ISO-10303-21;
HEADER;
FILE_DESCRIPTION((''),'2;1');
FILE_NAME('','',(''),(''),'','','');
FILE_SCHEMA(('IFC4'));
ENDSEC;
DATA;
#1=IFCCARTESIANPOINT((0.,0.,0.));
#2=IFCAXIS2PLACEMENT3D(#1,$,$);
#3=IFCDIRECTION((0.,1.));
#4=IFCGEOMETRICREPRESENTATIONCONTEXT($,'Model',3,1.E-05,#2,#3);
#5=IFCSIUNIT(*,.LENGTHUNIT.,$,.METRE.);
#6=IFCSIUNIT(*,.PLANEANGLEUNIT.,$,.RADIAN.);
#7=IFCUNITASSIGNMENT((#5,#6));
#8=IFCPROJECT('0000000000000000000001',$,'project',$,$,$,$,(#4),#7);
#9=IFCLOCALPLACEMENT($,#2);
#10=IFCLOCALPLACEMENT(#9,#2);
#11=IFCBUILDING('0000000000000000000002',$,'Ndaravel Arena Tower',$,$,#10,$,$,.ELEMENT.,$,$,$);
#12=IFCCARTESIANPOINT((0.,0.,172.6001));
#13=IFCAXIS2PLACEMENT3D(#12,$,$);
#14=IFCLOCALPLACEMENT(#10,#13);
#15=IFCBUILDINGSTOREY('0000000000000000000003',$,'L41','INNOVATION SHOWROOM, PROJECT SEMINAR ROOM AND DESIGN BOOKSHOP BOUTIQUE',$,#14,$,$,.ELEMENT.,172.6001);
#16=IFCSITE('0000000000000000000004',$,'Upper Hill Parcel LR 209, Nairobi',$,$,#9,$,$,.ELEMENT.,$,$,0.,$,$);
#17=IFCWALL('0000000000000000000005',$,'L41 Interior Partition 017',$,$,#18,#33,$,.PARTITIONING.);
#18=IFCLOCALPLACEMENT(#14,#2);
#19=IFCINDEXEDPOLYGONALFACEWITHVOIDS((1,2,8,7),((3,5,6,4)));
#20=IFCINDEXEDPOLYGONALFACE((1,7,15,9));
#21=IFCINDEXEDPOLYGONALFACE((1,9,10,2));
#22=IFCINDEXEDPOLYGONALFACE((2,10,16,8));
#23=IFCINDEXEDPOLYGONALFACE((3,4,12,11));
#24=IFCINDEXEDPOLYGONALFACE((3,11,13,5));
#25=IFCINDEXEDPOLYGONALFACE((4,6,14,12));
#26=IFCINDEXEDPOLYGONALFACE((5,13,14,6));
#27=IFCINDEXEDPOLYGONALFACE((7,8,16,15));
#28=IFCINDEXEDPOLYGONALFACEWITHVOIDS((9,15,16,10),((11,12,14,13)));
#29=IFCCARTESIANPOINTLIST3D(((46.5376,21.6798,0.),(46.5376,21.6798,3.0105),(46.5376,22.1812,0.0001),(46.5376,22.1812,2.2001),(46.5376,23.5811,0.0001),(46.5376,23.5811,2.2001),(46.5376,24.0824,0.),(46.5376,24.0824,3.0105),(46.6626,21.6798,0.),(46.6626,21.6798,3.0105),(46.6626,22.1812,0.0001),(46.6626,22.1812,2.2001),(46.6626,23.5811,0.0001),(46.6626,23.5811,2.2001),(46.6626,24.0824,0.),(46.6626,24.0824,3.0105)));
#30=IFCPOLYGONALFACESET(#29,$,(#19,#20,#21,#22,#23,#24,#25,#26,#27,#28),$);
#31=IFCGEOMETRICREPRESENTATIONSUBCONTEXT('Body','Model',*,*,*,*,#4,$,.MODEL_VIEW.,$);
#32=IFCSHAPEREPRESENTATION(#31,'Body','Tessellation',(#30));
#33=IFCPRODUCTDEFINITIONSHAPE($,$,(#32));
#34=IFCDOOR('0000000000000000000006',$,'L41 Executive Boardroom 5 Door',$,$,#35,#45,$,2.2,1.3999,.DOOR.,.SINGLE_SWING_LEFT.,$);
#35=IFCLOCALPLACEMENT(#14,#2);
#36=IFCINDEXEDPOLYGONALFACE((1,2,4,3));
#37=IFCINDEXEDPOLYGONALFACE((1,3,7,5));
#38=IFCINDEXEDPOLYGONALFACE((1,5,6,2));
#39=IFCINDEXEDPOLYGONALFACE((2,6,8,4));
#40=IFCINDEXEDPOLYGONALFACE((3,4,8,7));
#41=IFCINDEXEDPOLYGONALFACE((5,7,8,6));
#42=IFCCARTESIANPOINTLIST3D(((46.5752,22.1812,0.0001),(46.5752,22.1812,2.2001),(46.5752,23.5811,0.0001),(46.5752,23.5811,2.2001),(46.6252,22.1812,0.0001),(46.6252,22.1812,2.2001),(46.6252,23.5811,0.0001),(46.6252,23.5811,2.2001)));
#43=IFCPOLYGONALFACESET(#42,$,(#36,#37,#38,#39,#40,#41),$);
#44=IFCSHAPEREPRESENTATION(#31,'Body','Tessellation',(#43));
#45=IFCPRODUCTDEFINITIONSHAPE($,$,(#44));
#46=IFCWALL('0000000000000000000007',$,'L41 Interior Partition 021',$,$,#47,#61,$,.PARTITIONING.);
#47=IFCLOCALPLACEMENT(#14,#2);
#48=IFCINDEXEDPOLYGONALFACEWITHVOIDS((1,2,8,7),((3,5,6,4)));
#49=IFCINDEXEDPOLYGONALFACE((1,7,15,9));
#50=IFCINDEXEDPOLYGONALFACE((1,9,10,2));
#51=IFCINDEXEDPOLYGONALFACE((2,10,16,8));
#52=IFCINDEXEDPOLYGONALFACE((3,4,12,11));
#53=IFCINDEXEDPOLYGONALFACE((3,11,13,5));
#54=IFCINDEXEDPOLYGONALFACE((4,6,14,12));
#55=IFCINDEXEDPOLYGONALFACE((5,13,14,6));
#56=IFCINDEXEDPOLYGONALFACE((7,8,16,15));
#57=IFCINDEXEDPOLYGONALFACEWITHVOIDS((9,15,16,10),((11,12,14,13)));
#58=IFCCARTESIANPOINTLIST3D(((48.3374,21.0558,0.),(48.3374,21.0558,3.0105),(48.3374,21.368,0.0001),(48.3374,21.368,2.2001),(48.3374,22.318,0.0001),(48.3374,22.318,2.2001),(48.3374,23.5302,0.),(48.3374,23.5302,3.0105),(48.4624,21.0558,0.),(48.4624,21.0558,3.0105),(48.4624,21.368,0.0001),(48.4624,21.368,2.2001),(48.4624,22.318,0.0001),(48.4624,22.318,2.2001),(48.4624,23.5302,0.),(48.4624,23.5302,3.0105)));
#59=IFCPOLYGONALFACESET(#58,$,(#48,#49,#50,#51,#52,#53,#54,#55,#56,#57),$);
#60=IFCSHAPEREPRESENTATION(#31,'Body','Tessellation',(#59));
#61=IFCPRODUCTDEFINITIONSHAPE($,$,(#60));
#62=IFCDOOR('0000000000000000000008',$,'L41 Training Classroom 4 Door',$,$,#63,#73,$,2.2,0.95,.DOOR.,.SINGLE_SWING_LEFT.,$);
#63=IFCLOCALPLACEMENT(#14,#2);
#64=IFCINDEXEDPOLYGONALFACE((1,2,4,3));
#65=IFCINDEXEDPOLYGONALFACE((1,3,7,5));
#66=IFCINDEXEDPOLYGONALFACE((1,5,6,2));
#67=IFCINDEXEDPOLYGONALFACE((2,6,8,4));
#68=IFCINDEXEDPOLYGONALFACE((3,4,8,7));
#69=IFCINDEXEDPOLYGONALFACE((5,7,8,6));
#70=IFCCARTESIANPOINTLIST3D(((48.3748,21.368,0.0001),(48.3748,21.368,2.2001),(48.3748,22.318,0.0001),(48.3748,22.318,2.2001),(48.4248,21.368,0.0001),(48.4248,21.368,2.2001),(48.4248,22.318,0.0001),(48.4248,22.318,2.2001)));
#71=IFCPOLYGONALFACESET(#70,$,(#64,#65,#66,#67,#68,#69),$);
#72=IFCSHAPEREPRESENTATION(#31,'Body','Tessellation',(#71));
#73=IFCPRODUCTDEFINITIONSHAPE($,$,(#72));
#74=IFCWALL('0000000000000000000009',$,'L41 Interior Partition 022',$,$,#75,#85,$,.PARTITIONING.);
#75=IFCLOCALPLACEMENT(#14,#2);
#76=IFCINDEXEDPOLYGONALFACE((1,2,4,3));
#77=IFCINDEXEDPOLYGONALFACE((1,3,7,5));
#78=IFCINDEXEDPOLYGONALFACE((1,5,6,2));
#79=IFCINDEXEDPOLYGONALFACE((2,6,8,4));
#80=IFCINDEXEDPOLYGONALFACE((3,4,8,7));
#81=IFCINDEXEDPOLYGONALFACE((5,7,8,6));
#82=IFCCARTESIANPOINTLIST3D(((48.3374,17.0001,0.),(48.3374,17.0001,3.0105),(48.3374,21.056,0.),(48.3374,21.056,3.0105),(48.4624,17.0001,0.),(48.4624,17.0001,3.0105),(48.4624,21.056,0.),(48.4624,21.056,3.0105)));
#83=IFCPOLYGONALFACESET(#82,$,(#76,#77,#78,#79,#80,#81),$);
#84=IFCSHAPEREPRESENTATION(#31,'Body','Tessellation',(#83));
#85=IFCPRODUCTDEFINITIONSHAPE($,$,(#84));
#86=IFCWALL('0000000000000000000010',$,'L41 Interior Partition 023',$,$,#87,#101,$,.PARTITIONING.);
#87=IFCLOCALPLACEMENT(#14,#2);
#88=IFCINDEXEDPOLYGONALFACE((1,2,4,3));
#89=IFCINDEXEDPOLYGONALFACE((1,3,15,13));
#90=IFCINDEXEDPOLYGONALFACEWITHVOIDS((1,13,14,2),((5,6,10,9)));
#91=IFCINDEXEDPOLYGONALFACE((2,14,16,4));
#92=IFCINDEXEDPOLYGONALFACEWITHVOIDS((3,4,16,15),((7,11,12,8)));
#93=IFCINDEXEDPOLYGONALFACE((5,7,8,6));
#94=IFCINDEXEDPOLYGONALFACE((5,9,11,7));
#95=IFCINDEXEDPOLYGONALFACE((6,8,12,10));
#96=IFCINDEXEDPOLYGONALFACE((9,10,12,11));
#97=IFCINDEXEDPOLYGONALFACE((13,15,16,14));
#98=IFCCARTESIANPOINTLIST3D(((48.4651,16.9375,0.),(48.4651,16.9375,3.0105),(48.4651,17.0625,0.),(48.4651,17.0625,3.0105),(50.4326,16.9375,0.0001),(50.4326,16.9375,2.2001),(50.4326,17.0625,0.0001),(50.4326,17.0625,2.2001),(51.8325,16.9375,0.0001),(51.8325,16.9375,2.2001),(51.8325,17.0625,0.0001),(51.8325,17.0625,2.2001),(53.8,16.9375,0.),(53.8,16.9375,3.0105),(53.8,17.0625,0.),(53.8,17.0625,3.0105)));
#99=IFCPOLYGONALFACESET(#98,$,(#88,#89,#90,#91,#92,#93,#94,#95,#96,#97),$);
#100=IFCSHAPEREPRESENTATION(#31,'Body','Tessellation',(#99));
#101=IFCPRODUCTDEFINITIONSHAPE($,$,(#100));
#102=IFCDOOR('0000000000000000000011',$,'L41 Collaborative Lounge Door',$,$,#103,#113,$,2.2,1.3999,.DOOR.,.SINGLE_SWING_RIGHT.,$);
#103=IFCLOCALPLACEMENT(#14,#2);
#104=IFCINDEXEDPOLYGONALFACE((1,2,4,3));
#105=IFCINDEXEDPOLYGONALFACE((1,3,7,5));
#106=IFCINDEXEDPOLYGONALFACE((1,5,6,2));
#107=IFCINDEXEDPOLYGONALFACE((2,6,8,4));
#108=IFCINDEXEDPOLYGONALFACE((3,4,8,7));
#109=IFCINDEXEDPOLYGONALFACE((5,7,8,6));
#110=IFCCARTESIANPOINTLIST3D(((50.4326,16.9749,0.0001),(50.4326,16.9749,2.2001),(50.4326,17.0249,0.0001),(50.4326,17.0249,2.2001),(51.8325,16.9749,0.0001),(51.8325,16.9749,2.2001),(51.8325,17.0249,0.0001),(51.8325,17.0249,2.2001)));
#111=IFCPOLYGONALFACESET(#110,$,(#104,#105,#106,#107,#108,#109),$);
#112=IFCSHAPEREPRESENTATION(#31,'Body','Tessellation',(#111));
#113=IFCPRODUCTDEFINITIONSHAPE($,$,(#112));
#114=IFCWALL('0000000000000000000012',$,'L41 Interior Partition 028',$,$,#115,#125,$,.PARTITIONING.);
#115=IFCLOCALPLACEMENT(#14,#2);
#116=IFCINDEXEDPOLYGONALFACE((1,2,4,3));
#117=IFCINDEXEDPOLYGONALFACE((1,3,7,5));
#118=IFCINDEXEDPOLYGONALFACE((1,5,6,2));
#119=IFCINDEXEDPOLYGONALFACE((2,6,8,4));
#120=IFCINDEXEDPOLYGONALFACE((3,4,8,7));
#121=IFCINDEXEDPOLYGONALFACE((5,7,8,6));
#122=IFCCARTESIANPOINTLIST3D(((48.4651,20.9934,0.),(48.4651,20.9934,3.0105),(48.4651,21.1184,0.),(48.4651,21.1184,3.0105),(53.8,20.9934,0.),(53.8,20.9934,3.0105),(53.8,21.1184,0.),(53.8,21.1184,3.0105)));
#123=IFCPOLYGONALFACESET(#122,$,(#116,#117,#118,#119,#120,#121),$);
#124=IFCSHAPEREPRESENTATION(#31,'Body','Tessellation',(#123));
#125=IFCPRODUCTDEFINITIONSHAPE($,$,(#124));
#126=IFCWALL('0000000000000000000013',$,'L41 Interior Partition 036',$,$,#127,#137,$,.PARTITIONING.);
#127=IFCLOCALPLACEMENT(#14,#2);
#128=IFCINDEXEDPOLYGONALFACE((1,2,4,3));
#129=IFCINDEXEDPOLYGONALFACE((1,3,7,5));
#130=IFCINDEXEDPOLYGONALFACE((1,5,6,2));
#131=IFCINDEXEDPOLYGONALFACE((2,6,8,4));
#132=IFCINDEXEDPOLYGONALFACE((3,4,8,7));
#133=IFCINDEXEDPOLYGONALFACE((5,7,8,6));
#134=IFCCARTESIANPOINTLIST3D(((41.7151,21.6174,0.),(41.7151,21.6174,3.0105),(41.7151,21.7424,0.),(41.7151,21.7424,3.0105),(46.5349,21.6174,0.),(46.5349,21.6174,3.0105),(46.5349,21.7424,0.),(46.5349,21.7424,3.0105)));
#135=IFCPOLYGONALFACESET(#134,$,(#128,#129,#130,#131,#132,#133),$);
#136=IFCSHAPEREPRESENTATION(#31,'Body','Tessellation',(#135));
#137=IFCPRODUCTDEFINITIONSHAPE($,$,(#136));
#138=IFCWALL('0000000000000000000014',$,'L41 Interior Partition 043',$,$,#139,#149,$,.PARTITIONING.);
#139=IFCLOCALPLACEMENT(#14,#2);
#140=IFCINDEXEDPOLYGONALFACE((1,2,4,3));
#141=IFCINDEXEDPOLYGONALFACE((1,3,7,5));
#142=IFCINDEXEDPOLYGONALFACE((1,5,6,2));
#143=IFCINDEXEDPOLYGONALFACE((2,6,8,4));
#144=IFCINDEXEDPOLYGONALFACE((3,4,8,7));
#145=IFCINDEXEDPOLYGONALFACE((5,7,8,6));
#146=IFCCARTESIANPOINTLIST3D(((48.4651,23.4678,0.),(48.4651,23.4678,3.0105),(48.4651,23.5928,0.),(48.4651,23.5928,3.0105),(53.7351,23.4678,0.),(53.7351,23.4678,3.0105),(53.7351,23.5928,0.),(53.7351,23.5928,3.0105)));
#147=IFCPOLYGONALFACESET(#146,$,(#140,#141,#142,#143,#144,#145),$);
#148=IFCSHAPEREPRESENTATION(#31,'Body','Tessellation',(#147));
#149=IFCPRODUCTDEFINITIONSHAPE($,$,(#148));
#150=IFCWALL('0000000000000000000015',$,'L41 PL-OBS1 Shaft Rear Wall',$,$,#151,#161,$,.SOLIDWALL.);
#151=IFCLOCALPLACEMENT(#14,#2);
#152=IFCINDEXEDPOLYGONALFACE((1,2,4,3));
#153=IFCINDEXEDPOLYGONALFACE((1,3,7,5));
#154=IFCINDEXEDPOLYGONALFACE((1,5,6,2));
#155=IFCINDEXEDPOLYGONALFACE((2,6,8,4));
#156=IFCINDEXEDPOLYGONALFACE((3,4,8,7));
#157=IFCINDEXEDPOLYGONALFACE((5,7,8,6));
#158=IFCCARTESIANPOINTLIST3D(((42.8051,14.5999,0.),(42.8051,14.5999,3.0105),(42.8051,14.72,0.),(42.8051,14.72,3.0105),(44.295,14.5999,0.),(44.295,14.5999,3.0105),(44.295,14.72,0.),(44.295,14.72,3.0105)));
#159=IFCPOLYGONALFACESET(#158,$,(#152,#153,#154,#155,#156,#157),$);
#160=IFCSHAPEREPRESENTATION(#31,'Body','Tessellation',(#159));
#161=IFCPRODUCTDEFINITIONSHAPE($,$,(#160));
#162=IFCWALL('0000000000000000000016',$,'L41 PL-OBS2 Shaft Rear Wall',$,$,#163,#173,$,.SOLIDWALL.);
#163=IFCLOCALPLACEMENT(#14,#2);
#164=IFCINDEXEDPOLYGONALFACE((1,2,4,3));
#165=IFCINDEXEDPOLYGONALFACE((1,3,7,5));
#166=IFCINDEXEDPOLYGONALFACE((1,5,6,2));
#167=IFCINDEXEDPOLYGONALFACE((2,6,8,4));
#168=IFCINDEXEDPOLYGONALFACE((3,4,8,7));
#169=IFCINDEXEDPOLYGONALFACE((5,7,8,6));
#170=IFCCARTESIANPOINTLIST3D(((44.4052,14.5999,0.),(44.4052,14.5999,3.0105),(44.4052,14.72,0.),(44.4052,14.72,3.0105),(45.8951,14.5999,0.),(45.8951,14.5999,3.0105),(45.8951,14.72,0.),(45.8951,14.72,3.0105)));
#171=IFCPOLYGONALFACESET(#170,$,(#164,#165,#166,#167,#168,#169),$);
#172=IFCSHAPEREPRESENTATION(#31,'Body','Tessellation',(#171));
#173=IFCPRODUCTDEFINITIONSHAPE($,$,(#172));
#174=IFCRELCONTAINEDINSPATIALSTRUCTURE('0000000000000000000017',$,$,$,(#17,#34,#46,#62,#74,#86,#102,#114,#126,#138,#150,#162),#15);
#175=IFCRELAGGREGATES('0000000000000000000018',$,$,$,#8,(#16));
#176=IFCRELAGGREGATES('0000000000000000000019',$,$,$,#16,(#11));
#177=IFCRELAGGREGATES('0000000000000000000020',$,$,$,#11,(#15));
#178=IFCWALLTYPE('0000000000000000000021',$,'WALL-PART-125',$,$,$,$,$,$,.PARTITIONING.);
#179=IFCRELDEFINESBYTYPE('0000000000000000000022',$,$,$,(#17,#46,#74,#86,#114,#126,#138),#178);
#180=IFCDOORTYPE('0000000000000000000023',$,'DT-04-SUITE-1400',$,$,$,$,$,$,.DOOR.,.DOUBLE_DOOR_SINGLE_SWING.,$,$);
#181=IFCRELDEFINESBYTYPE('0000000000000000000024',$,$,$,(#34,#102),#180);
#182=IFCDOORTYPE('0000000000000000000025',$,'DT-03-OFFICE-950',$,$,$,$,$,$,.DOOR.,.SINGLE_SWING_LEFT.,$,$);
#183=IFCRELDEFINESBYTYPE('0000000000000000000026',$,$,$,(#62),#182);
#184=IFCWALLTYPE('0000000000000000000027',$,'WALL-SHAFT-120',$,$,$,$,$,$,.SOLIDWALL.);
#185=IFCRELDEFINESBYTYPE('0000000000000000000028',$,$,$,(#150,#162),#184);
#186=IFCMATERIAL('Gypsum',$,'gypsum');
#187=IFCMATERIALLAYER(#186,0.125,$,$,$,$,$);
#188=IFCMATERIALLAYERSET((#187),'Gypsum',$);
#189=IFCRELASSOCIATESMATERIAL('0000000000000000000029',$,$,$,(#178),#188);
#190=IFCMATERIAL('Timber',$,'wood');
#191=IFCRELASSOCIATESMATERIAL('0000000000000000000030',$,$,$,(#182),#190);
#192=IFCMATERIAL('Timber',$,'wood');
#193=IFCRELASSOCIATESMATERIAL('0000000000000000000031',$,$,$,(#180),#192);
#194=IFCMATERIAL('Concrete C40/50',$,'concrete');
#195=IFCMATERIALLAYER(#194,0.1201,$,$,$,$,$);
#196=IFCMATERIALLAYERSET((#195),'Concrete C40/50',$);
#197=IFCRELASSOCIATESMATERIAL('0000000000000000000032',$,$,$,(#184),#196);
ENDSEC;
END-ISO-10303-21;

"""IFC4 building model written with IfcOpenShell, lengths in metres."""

from ifc_helpers import new_model, si_unit, direction, frame, frame_2d, origin, place, context, subcontext, project, spatial, rectangle, extrude, material, layer, layer_set, type_object, element, fill, save


model = new_model("IFC4")

# Units and contexts
model_context = context("Model", 3, precision=1e-05, world=origin(), true_north=direction((0.0, 1.0)))
body_context = subcontext(model_context, "Body", "Model", "MODEL_VIEW")
ifc_project = project(units=[si_unit("LENGTHUNIT", "METRE"), si_unit("PLANEANGLEUNIT", "RADIAN")], contexts=[model_context])

# Site, building, storey
site_placement = place(None, origin())
site = spatial("IfcSite", under=ifc_project, at=site_placement, Name="Upper Hill Parcel LR 209, Nairobi", CompositionType="ELEMENT", RefElevation=0.0)
building_placement = place(site_placement, origin())
building = spatial("IfcBuilding", under=site, at=building_placement, Name="Ndaravel Arena Tower", CompositionType="ELEMENT")
storey_placement = place(building_placement, frame((0.0, 0.0, 172.6001)))
storey = spatial("IfcBuildingStorey", under=building, at=storey_placement, Name="L41", Description="INNOVATION SHOWROOM, PROJECT SEMINAR ROOM AND DESIGN BOOKSHOP BOUTIQUE", CompositionType="ELEMENT", Elevation=172.6001)

# Shared definitions
ifc_material_1 = material(Name="Gypsum", Category="gypsum")
ifc_layer_1 = layer(ifc_material_1, 0.125)
ifc_layer_set_1 = layer_set([ifc_layer_1], Name="Gypsum")
wall_type_1 = type_object("IfcWallType", Name="WALL-PART-125", PredefinedType="PARTITIONING", material=ifc_layer_set_1)
ifc_material_2 = material(Name="Timber", Category="wood")
door_type_1 = type_object("IfcDoorType", Name="DT-03-OFFICE-950", OperationType="SINGLE_SWING_LEFT", PredefinedType="DOOR", material=ifc_material_2)

# Walls, openings, doors
wall_1_placement = place(storey_placement, frame((46.6001, 21.6799, 0.0), z_axis=(0.0, 0.0, 1.0), x_axis=(0.0, 1.0, 0.0)))
wall_1 = element("IfcWall", 1, at=wall_1_placement, inside=storey, type_object=wall_type_1, Name="L41 Interior Partition 017", PredefinedType="PARTITIONING", context=body_context, shape_type="SweptSolid", body=[
    extrude(rectangle(XDim=2.4026, YDim=0.125, at=frame_2d((1.2012, 0.0))), origin(), (0.0, 0.0, 1.0), 3.0105),
])
opening_1_placement = place(wall_1_placement, frame((0.5012, 0.0, 0.0)))
opening_1 = element("IfcOpeningElement", 2, at=opening_1_placement, cuts=wall_1, PredefinedType="OPENING", context=body_context, shape_type="SweptSolid", body=[
    extrude(rectangle(XDim=1.3999, YDim=2.2, at=frame_2d((0.7, 1.1001))), frame((0.0, 0.0625, 0.0), z_axis=(0.0, -1.0, 0.0), x_axis=(1.0, 0.0, 0.0)), (0.0, 0.0, 1.0), 0.125),
])
ifc_material_3 = material(Name="Timber", Category="wood")
door_type_2 = type_object("IfcDoorType", Name="DT-04-SUITE-1400", OperationType="DOUBLE_DOOR_SINGLE_SWING", PredefinedType="DOOR", material=ifc_material_3)
door_1_placement = place(opening_1_placement, origin())
door_1 = element("IfcDoor", 3, at=door_1_placement, inside=storey, type_object=door_type_2, Name="L41 Executive Boardroom 5 Door", OperationType="SINGLE_SWING_LEFT", OverallHeight=2.2, OverallWidth=1.3999, PredefinedType="DOOR", context=body_context, shape_type="SweptSolid", body=[
    extrude(rectangle(XDim=1.3999, YDim=2.2, at=frame_2d((0.7, 1.1001))), frame((0.0, 0.0249, 0.0), z_axis=(0.0, -1.0, 0.0), x_axis=(1.0, 0.0, 0.0)), (0.0, 0.0, 1.0), 0.05),
])
fill(opening_1, door_1)
wall_2_placement = place(storey_placement, frame((48.3999, 23.5303, 0.0), z_axis=(0.0, 0.0, 1.0), x_axis=(0.0, -1.0, 0.0)))
wall_2 = element("IfcWall", 4, at=wall_2_placement, inside=storey, type_object=wall_type_1, Name="L41 Interior Partition 021", PredefinedType="PARTITIONING", context=body_context, shape_type="SweptSolid", body=[
    extrude(rectangle(XDim=2.4744, YDim=0.125, at=frame_2d((1.2373, 0.0))), origin(), (0.0, 0.0, 1.0), 3.0105),
])
opening_2_placement = place(wall_2_placement, frame((1.2122, 0.0, 0.0)))
opening_2 = element("IfcOpeningElement", 5, at=opening_2_placement, cuts=wall_2, PredefinedType="OPENING", context=body_context, shape_type="SweptSolid", body=[
    extrude(rectangle(XDim=0.95, YDim=2.2, at=frame_2d((0.4751, 1.1001))), frame((0.0, 0.0625, 0.0), z_axis=(0.0, -1.0, 0.0), x_axis=(1.0, 0.0, 0.0)), (0.0, 0.0, 1.0), 0.125),
])
door_2_placement = place(opening_2_placement, origin())
door_2 = element("IfcDoor", 6, at=door_2_placement, inside=storey, type_object=door_type_1, Name="L41 Training Classroom 4 Door", OperationType="SINGLE_SWING_LEFT", OverallHeight=2.2, OverallWidth=0.95, PredefinedType="DOOR", context=body_context, shape_type="SweptSolid", body=[
    extrude(rectangle(XDim=0.95, YDim=2.2, at=frame_2d((0.4751, 1.1001))), frame((0.0, 0.0249, 0.0), z_axis=(0.0, -1.0, 0.0), x_axis=(1.0, 0.0, 0.0)), (0.0, 0.0, 1.0), 0.05),
])
fill(opening_2, door_2)

# Wall
wall_3_placement = place(storey_placement, frame((48.3999, 21.0559, 0.0), z_axis=(0.0, 0.0, 1.0), x_axis=(0.0, -1.0, 0.0)))
element("IfcWall", 7, at=wall_3_placement, inside=storey, type_object=wall_type_1, Name="L41 Interior Partition 022", PredefinedType="PARTITIONING", context=body_context, shape_type="SweptSolid", body=[
    extrude(rectangle(XDim=4.0559, YDim=0.125, at=frame_2d((2.0278, 0.0))), origin(), (0.0, 0.0, 1.0), 3.0105),
])

# Wall, opening, door
wall_4_placement = place(storey_placement, frame((48.4651, 17.0, 0.0), z_axis=(0.0, 0.0, 1.0), x_axis=(1.0, 0.0, 0.0)))
wall_4 = element("IfcWall", 8, at=wall_4_placement, inside=storey, type_object=wall_type_1, Name="L41 Interior Partition 023", PredefinedType="PARTITIONING", context=body_context, shape_type="SweptSolid", body=[
    extrude(rectangle(XDim=5.335, YDim=0.125, at=frame_2d((2.6675, 0.0))), origin(), (0.0, 0.0, 1.0), 3.0105),
])
opening_3_placement = place(wall_4_placement, frame((1.9675, 0.0, 0.0)))
opening_3 = element("IfcOpeningElement", 9, at=opening_3_placement, cuts=wall_4, PredefinedType="OPENING", context=body_context, shape_type="SweptSolid", body=[
    extrude(rectangle(XDim=1.3999, YDim=2.2, at=frame_2d((0.7, 1.1001))), frame((0.0, 0.0625, 0.0), z_axis=(0.0, -1.0, 0.0), x_axis=(1.0, 0.0, 0.0)), (0.0, 0.0, 1.0), 0.125),
])
door_3_placement = place(opening_3_placement, origin())
door_3 = element("IfcDoor", 10, at=door_3_placement, inside=storey, type_object=door_type_2, Name="L41 Collaborative Lounge Door", OperationType="SINGLE_SWING_RIGHT", OverallHeight=2.2, OverallWidth=1.3999, PredefinedType="DOOR", context=body_context, shape_type="SweptSolid", body=[
    extrude(rectangle(XDim=1.3999, YDim=2.2, at=frame_2d((0.7, 1.1001))), frame((0.0, 0.0249, 0.0), z_axis=(0.0, -1.0, 0.0), x_axis=(1.0, 0.0, 0.0)), (0.0, 0.0, 1.0), 0.05),
])
fill(opening_3, door_3)

# Walls
wall_5_placement = place(storey_placement, frame((48.4651, 21.0559, 0.0), z_axis=(0.0, 0.0, 1.0), x_axis=(1.0, 0.0, 0.0)))
element("IfcWall", 11, at=wall_5_placement, inside=storey, type_object=wall_type_1, Name="L41 Interior Partition 028", PredefinedType="PARTITIONING", context=body_context, shape_type="SweptSolid", body=[
    extrude(rectangle(XDim=5.335, YDim=0.125, at=frame_2d((2.6675, 0.0))), origin(), (0.0, 0.0, 1.0), 3.0105),
])
wall_6_placement = place(storey_placement, frame((41.7151, 21.6799, 0.0), z_axis=(0.0, 0.0, 1.0), x_axis=(1.0, 0.0, 0.0)))
element("IfcWall", 12, at=wall_6_placement, inside=storey, type_object=wall_type_1, Name="L41 Interior Partition 036", PredefinedType="PARTITIONING", context=body_context, shape_type="SweptSolid", body=[
    extrude(rectangle(XDim=4.8198, YDim=0.125, at=frame_2d((2.4099, 0.0))), origin(), (0.0, 0.0, 1.0), 3.0105),
])
wall_7_placement = place(storey_placement, frame((48.4651, 23.5303, 0.0), z_axis=(0.0, 0.0, 1.0), x_axis=(1.0, 0.0, 0.0)))
element("IfcWall", 13, at=wall_7_placement, inside=storey, type_object=wall_type_1, Name="L41 Interior Partition 043", PredefinedType="PARTITIONING", context=body_context, shape_type="SweptSolid", body=[
    extrude(rectangle(XDim=5.27, YDim=0.125, at=frame_2d((2.635, 0.0))), origin(), (0.0, 0.0, 1.0), 3.0105),
])
ifc_material_4 = material(Name="Concrete C40/50", Category="concrete")
ifc_layer_2 = layer(ifc_material_4, 0.1201)
ifc_layer_set_2 = layer_set([ifc_layer_2], Name="Concrete C40/50")
wall_type_2 = type_object("IfcWallType", Name="WALL-SHAFT-120", PredefinedType="SOLIDWALL", material=ifc_layer_set_2)
for number, where, z_axis, x_axis, name in (
    (14, (42.8049, 14.6599, 0.0), (0.0, 0.0, 1.0), (1.0, 0.0, 0.0), "L41 PL-OBS1 Shaft Rear Wall"),
    (15, (44.405, 14.6599, 0.0), (0.0, 0.0, 1.0), (1.0, 0.0, 0.0), "L41 PL-OBS2 Shaft Rear Wall"),
):
    element("IfcWall", number, at=place(storey_placement, frame(where, z_axis=z_axis, x_axis=x_axis)), inside=storey, type_object=wall_type_2, Name=name, PredefinedType="SOLIDWALL", context=body_context, shape_type="SweptSolid", body=[
        extrude(rectangle(XDim=1.49, YDim=0.1201, at=frame_2d((0.7451, 0.0))), origin(), (0.0, 0.0, 1.0), 3.0105),
    ])

save(model, "model.ifc")
